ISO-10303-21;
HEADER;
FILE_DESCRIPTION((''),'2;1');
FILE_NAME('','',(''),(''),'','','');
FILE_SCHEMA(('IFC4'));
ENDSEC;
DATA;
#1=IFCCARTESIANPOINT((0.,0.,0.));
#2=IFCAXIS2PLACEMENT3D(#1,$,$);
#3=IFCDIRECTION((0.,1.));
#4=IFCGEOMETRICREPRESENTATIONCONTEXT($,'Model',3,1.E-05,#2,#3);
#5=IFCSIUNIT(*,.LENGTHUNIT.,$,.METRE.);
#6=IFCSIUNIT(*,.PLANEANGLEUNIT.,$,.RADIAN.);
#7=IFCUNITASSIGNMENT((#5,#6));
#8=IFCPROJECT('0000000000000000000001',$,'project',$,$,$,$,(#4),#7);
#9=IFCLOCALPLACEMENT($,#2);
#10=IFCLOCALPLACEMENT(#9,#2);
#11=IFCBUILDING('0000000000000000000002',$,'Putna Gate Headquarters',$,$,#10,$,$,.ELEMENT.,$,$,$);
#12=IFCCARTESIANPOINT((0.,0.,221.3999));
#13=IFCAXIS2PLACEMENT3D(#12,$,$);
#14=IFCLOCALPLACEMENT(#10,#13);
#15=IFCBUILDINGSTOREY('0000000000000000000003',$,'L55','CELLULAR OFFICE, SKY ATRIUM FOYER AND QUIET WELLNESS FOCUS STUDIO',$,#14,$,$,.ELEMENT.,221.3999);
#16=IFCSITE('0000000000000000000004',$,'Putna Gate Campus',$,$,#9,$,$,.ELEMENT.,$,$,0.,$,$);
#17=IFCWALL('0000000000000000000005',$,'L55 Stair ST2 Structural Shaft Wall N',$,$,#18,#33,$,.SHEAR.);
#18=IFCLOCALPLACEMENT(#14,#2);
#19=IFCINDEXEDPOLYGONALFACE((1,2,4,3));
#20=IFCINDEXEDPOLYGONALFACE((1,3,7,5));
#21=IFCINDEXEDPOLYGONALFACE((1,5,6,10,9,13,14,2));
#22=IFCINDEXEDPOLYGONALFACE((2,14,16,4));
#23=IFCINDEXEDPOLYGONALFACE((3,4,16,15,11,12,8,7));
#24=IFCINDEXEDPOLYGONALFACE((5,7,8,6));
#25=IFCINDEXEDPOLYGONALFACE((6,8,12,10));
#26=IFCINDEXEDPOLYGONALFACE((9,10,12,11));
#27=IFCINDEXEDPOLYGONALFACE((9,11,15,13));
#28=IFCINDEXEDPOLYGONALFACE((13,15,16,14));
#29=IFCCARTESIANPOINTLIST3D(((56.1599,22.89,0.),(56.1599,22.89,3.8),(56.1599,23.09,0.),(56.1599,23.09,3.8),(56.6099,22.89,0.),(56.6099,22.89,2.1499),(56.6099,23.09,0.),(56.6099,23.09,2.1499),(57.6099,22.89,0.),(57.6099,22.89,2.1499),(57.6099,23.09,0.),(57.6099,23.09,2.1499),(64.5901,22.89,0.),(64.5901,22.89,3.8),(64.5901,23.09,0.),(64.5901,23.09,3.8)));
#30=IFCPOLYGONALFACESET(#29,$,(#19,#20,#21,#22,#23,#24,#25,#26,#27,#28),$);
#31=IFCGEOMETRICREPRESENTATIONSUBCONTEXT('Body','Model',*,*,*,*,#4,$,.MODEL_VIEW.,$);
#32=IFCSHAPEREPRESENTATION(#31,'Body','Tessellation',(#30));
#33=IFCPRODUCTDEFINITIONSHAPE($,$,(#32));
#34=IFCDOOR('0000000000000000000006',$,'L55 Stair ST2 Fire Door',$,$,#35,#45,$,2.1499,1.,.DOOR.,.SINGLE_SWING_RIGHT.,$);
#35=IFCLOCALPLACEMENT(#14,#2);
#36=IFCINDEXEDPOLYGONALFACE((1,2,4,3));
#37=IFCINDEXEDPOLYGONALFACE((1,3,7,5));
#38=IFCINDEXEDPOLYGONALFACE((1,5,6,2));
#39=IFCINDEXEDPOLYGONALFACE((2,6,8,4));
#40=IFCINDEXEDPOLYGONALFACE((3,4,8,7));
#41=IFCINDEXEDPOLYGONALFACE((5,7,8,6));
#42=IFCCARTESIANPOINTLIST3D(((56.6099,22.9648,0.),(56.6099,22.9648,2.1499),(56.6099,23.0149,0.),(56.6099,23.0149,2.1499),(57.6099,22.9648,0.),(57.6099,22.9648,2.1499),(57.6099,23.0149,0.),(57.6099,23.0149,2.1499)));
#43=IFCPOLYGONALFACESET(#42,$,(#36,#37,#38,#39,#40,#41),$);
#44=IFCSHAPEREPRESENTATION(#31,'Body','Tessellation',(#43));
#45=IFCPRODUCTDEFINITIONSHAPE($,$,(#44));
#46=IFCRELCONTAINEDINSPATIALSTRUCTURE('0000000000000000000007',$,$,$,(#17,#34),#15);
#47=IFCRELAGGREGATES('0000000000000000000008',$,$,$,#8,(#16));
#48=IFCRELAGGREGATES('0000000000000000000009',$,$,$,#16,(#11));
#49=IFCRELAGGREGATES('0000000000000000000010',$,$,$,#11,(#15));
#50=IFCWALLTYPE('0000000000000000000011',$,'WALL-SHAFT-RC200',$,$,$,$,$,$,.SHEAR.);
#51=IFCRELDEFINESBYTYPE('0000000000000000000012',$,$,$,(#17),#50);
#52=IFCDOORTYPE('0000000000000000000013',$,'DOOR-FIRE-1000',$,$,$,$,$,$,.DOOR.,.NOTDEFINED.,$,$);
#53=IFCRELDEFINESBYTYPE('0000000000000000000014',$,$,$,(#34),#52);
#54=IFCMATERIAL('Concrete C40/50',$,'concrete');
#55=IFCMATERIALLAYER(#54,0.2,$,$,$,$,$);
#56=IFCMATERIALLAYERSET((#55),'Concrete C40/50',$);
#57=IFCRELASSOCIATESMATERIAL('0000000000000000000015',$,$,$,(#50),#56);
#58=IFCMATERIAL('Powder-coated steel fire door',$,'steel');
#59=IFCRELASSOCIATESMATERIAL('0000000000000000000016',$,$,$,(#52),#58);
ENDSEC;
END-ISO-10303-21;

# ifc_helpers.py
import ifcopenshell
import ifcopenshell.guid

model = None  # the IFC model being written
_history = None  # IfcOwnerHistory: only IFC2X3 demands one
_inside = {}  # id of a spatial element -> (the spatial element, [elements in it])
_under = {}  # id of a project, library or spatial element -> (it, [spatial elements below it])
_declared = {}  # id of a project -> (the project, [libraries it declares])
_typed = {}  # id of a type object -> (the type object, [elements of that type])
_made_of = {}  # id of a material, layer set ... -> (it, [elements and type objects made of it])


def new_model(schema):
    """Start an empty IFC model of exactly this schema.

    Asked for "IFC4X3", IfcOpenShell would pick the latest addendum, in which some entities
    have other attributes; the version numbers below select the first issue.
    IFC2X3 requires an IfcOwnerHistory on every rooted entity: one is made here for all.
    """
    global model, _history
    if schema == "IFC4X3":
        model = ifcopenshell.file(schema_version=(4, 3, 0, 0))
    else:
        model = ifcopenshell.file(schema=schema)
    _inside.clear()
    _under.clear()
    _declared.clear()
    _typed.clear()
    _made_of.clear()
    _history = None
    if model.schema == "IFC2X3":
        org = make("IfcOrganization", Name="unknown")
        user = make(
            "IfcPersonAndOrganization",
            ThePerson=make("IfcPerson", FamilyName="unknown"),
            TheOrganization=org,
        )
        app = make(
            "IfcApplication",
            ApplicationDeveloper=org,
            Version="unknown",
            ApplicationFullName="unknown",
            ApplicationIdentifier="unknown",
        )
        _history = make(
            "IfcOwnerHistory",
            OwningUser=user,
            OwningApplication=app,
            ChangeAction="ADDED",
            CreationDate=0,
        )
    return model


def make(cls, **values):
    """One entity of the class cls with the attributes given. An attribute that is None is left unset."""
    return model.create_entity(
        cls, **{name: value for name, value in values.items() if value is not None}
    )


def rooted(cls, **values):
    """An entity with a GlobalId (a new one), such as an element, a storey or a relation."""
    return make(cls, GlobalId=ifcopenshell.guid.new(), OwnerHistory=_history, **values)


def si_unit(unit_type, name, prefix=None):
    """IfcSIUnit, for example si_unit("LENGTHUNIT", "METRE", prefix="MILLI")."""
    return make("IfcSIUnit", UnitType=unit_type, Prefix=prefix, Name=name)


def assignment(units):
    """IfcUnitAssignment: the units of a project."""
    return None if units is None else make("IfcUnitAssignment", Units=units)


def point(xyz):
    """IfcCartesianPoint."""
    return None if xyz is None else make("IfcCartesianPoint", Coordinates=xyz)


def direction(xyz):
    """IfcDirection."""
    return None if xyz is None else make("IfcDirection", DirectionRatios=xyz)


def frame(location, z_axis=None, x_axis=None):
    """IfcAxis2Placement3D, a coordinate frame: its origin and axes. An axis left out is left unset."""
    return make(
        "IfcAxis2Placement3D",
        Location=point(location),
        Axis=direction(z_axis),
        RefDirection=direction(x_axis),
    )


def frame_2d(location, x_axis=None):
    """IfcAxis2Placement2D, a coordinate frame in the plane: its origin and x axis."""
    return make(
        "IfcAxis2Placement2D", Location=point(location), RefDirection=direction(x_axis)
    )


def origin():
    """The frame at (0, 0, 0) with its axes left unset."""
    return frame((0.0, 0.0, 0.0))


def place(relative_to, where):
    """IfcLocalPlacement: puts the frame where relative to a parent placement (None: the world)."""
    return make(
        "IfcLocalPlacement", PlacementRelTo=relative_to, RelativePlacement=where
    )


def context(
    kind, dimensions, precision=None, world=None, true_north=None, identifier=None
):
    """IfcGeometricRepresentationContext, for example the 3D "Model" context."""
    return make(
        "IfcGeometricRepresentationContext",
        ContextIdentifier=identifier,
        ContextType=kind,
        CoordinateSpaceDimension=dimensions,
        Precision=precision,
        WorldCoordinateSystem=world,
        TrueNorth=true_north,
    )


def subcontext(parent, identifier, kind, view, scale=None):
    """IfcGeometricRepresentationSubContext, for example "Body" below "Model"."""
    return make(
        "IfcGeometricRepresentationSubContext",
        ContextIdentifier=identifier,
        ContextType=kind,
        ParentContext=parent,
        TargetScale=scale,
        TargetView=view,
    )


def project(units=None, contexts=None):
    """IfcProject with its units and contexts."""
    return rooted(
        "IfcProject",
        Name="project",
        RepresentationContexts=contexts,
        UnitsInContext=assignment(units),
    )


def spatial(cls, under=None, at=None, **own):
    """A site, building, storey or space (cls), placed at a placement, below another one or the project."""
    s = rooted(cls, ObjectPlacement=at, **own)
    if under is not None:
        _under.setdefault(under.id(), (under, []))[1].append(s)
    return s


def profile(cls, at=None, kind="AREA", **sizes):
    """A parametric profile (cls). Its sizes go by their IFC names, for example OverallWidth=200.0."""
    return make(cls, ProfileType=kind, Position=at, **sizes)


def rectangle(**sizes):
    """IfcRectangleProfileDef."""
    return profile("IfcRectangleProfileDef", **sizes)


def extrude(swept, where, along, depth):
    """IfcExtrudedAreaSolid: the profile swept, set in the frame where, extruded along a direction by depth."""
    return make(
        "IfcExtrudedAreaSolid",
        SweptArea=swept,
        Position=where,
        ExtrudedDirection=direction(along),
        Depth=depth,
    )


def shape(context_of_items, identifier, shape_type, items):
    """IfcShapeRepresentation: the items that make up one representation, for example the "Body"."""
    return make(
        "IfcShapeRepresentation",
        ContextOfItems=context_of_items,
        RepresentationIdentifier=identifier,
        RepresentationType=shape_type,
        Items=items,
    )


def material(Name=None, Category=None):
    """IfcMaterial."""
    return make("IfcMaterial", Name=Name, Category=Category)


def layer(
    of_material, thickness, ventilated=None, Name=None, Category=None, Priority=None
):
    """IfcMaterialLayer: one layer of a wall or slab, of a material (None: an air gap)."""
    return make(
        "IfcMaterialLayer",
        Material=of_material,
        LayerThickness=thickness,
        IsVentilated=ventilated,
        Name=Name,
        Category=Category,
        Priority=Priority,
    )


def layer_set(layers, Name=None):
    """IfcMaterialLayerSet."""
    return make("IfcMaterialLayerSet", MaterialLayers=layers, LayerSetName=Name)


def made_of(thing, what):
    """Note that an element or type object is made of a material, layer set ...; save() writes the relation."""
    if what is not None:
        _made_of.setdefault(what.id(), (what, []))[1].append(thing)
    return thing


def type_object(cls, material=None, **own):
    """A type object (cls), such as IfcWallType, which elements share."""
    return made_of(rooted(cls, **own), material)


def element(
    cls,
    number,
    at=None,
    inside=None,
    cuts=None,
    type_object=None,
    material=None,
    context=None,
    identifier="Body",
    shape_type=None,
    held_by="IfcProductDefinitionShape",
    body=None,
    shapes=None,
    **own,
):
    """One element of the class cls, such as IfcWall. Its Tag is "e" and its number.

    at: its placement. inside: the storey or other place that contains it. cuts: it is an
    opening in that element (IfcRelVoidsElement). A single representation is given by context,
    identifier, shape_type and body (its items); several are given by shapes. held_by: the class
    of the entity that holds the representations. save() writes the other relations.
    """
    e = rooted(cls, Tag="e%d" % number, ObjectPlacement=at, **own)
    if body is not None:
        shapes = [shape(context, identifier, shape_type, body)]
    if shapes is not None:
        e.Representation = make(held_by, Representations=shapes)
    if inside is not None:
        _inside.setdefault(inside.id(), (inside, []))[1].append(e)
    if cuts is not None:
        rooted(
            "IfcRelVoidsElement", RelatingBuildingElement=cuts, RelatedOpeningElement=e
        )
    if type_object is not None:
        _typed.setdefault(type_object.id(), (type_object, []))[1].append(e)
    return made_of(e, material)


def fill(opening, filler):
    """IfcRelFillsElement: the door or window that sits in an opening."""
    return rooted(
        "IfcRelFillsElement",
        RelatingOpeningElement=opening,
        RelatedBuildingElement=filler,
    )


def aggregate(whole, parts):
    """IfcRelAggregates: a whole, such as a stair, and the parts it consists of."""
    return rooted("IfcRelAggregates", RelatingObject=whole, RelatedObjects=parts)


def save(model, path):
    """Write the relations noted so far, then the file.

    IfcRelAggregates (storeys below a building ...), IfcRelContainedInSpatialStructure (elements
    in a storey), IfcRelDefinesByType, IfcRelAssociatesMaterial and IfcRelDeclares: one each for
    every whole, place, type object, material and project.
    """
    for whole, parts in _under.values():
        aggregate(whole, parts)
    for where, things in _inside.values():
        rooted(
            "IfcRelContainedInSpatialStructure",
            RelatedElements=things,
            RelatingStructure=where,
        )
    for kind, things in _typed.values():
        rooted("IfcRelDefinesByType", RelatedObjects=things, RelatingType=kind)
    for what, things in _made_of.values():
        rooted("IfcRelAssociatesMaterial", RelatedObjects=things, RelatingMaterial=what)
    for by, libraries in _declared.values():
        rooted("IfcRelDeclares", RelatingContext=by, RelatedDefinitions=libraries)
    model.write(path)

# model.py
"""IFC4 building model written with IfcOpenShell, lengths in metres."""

from ifc_helpers import new_model, si_unit, direction, frame, frame_2d, origin, place, context, subcontext, project, spatial, rectangle, extrude, material, layer, layer_set, type_object, element, fill, save


model = new_model("IFC4")

# Units and contexts
model_context = context("Model", 3, precision=1e-05, world=origin(), true_north=direction((0.0, 1.0)))
body_context = subcontext(model_context, "Body", "Model", "MODEL_VIEW")
ifc_project = project(units=[si_unit("LENGTHUNIT", "METRE"), si_unit("PLANEANGLEUNIT", "RADIAN")], contexts=[model_context])

# Site, building, storey
site_placement = place(None, origin())
site = spatial("IfcSite", under=ifc_project, at=site_placement, Name="Putna Gate Campus", CompositionType="ELEMENT", RefElevation=0.0)
building_placement = place(site_placement, origin())
building = spatial("IfcBuilding", under=site, at=building_placement, Name="Putna Gate Headquarters", CompositionType="ELEMENT")
storey_placement = place(building_placement, frame((0.0, 0.0, 221.3999)))
storey = spatial("IfcBuildingStorey", under=building, at=storey_placement, Name="L55", Description="CELLULAR OFFICE, SKY ATRIUM FOYER AND QUIET WELLNESS FOCUS STUDIO", CompositionType="ELEMENT", Elevation=221.3999)

# Wall, opening, door
ifc_material_1 = material(Name="Concrete C40/50", Category="concrete")
ifc_layer_1 = layer(ifc_material_1, 0.2)
ifc_layer_set_1 = layer_set([ifc_layer_1], Name="Concrete C40/50")
wall_type_1 = type_object("IfcWallType", Name="WALL-SHAFT-RC200", PredefinedType="SHEAR", material=ifc_layer_set_1)
wall_1_placement = place(storey_placement, frame((56.1599, 22.99, 0.0), z_axis=(0.0, 0.0, 1.0), x_axis=(1.0, 0.0, 0.0)))
wall_1 = element("IfcWall", 1, at=wall_1_placement, inside=storey, type_object=wall_type_1, Name="L55 Stair ST2 Structural Shaft Wall N", PredefinedType="SHEAR", context=body_context, shape_type="SweptSolid", body=[
    extrude(rectangle(XDim=8.4302, YDim=0.2, at=frame_2d((4.2151, 0.0))), origin(), (0.0, 0.0, 1.0), 3.8),
])
opening_1_placement = place(wall_1_placement, frame((0.45, 0.0, 0.0)))
opening_1 = element("IfcOpeningElement", 2, at=opening_1_placement, cuts=wall_1, PredefinedType="OPENING", context=body_context, shape_type="SweptSolid", body=[
    extrude(rectangle(XDim=1.0, YDim=2.1499, at=frame_2d((0.5, 1.075))), frame((0.0, 0.1099, 0.0), z_axis=(0.0, -1.0, 0.0), x_axis=(1.0, 0.0, 0.0)), (0.0, 0.0, 1.0), 0.22),
])
ifc_material_2 = material(Name="Powder-coated steel fire door", Category="steel")
door_type_1 = type_object("IfcDoorType", Name="DOOR-FIRE-1000", OperationType="NOTDEFINED", PredefinedType="DOOR", material=ifc_material_2)
door_1_placement = place(opening_1_placement, origin())
door_1 = element("IfcDoor", 3, at=door_1_placement, inside=storey, type_object=door_type_1, Name="L55 Stair ST2 Fire Door", OperationType="SINGLE_SWING_RIGHT", OverallHeight=2.1499, OverallWidth=1.0, PredefinedType="DOOR", context=body_context, shape_type="SweptSolid", body=[
    extrude(rectangle(XDim=1.0, YDim=2.1499, at=frame_2d((0.5, 1.075))), frame((0.0, 0.0249, 0.0), z_axis=(0.0, -1.0, 0.0), x_axis=(1.0, 0.0, 0.0)), (0.0, 0.0, 1.0), 0.05),
])
fill(opening_1, door_1)

save(model, "model.ifc")
